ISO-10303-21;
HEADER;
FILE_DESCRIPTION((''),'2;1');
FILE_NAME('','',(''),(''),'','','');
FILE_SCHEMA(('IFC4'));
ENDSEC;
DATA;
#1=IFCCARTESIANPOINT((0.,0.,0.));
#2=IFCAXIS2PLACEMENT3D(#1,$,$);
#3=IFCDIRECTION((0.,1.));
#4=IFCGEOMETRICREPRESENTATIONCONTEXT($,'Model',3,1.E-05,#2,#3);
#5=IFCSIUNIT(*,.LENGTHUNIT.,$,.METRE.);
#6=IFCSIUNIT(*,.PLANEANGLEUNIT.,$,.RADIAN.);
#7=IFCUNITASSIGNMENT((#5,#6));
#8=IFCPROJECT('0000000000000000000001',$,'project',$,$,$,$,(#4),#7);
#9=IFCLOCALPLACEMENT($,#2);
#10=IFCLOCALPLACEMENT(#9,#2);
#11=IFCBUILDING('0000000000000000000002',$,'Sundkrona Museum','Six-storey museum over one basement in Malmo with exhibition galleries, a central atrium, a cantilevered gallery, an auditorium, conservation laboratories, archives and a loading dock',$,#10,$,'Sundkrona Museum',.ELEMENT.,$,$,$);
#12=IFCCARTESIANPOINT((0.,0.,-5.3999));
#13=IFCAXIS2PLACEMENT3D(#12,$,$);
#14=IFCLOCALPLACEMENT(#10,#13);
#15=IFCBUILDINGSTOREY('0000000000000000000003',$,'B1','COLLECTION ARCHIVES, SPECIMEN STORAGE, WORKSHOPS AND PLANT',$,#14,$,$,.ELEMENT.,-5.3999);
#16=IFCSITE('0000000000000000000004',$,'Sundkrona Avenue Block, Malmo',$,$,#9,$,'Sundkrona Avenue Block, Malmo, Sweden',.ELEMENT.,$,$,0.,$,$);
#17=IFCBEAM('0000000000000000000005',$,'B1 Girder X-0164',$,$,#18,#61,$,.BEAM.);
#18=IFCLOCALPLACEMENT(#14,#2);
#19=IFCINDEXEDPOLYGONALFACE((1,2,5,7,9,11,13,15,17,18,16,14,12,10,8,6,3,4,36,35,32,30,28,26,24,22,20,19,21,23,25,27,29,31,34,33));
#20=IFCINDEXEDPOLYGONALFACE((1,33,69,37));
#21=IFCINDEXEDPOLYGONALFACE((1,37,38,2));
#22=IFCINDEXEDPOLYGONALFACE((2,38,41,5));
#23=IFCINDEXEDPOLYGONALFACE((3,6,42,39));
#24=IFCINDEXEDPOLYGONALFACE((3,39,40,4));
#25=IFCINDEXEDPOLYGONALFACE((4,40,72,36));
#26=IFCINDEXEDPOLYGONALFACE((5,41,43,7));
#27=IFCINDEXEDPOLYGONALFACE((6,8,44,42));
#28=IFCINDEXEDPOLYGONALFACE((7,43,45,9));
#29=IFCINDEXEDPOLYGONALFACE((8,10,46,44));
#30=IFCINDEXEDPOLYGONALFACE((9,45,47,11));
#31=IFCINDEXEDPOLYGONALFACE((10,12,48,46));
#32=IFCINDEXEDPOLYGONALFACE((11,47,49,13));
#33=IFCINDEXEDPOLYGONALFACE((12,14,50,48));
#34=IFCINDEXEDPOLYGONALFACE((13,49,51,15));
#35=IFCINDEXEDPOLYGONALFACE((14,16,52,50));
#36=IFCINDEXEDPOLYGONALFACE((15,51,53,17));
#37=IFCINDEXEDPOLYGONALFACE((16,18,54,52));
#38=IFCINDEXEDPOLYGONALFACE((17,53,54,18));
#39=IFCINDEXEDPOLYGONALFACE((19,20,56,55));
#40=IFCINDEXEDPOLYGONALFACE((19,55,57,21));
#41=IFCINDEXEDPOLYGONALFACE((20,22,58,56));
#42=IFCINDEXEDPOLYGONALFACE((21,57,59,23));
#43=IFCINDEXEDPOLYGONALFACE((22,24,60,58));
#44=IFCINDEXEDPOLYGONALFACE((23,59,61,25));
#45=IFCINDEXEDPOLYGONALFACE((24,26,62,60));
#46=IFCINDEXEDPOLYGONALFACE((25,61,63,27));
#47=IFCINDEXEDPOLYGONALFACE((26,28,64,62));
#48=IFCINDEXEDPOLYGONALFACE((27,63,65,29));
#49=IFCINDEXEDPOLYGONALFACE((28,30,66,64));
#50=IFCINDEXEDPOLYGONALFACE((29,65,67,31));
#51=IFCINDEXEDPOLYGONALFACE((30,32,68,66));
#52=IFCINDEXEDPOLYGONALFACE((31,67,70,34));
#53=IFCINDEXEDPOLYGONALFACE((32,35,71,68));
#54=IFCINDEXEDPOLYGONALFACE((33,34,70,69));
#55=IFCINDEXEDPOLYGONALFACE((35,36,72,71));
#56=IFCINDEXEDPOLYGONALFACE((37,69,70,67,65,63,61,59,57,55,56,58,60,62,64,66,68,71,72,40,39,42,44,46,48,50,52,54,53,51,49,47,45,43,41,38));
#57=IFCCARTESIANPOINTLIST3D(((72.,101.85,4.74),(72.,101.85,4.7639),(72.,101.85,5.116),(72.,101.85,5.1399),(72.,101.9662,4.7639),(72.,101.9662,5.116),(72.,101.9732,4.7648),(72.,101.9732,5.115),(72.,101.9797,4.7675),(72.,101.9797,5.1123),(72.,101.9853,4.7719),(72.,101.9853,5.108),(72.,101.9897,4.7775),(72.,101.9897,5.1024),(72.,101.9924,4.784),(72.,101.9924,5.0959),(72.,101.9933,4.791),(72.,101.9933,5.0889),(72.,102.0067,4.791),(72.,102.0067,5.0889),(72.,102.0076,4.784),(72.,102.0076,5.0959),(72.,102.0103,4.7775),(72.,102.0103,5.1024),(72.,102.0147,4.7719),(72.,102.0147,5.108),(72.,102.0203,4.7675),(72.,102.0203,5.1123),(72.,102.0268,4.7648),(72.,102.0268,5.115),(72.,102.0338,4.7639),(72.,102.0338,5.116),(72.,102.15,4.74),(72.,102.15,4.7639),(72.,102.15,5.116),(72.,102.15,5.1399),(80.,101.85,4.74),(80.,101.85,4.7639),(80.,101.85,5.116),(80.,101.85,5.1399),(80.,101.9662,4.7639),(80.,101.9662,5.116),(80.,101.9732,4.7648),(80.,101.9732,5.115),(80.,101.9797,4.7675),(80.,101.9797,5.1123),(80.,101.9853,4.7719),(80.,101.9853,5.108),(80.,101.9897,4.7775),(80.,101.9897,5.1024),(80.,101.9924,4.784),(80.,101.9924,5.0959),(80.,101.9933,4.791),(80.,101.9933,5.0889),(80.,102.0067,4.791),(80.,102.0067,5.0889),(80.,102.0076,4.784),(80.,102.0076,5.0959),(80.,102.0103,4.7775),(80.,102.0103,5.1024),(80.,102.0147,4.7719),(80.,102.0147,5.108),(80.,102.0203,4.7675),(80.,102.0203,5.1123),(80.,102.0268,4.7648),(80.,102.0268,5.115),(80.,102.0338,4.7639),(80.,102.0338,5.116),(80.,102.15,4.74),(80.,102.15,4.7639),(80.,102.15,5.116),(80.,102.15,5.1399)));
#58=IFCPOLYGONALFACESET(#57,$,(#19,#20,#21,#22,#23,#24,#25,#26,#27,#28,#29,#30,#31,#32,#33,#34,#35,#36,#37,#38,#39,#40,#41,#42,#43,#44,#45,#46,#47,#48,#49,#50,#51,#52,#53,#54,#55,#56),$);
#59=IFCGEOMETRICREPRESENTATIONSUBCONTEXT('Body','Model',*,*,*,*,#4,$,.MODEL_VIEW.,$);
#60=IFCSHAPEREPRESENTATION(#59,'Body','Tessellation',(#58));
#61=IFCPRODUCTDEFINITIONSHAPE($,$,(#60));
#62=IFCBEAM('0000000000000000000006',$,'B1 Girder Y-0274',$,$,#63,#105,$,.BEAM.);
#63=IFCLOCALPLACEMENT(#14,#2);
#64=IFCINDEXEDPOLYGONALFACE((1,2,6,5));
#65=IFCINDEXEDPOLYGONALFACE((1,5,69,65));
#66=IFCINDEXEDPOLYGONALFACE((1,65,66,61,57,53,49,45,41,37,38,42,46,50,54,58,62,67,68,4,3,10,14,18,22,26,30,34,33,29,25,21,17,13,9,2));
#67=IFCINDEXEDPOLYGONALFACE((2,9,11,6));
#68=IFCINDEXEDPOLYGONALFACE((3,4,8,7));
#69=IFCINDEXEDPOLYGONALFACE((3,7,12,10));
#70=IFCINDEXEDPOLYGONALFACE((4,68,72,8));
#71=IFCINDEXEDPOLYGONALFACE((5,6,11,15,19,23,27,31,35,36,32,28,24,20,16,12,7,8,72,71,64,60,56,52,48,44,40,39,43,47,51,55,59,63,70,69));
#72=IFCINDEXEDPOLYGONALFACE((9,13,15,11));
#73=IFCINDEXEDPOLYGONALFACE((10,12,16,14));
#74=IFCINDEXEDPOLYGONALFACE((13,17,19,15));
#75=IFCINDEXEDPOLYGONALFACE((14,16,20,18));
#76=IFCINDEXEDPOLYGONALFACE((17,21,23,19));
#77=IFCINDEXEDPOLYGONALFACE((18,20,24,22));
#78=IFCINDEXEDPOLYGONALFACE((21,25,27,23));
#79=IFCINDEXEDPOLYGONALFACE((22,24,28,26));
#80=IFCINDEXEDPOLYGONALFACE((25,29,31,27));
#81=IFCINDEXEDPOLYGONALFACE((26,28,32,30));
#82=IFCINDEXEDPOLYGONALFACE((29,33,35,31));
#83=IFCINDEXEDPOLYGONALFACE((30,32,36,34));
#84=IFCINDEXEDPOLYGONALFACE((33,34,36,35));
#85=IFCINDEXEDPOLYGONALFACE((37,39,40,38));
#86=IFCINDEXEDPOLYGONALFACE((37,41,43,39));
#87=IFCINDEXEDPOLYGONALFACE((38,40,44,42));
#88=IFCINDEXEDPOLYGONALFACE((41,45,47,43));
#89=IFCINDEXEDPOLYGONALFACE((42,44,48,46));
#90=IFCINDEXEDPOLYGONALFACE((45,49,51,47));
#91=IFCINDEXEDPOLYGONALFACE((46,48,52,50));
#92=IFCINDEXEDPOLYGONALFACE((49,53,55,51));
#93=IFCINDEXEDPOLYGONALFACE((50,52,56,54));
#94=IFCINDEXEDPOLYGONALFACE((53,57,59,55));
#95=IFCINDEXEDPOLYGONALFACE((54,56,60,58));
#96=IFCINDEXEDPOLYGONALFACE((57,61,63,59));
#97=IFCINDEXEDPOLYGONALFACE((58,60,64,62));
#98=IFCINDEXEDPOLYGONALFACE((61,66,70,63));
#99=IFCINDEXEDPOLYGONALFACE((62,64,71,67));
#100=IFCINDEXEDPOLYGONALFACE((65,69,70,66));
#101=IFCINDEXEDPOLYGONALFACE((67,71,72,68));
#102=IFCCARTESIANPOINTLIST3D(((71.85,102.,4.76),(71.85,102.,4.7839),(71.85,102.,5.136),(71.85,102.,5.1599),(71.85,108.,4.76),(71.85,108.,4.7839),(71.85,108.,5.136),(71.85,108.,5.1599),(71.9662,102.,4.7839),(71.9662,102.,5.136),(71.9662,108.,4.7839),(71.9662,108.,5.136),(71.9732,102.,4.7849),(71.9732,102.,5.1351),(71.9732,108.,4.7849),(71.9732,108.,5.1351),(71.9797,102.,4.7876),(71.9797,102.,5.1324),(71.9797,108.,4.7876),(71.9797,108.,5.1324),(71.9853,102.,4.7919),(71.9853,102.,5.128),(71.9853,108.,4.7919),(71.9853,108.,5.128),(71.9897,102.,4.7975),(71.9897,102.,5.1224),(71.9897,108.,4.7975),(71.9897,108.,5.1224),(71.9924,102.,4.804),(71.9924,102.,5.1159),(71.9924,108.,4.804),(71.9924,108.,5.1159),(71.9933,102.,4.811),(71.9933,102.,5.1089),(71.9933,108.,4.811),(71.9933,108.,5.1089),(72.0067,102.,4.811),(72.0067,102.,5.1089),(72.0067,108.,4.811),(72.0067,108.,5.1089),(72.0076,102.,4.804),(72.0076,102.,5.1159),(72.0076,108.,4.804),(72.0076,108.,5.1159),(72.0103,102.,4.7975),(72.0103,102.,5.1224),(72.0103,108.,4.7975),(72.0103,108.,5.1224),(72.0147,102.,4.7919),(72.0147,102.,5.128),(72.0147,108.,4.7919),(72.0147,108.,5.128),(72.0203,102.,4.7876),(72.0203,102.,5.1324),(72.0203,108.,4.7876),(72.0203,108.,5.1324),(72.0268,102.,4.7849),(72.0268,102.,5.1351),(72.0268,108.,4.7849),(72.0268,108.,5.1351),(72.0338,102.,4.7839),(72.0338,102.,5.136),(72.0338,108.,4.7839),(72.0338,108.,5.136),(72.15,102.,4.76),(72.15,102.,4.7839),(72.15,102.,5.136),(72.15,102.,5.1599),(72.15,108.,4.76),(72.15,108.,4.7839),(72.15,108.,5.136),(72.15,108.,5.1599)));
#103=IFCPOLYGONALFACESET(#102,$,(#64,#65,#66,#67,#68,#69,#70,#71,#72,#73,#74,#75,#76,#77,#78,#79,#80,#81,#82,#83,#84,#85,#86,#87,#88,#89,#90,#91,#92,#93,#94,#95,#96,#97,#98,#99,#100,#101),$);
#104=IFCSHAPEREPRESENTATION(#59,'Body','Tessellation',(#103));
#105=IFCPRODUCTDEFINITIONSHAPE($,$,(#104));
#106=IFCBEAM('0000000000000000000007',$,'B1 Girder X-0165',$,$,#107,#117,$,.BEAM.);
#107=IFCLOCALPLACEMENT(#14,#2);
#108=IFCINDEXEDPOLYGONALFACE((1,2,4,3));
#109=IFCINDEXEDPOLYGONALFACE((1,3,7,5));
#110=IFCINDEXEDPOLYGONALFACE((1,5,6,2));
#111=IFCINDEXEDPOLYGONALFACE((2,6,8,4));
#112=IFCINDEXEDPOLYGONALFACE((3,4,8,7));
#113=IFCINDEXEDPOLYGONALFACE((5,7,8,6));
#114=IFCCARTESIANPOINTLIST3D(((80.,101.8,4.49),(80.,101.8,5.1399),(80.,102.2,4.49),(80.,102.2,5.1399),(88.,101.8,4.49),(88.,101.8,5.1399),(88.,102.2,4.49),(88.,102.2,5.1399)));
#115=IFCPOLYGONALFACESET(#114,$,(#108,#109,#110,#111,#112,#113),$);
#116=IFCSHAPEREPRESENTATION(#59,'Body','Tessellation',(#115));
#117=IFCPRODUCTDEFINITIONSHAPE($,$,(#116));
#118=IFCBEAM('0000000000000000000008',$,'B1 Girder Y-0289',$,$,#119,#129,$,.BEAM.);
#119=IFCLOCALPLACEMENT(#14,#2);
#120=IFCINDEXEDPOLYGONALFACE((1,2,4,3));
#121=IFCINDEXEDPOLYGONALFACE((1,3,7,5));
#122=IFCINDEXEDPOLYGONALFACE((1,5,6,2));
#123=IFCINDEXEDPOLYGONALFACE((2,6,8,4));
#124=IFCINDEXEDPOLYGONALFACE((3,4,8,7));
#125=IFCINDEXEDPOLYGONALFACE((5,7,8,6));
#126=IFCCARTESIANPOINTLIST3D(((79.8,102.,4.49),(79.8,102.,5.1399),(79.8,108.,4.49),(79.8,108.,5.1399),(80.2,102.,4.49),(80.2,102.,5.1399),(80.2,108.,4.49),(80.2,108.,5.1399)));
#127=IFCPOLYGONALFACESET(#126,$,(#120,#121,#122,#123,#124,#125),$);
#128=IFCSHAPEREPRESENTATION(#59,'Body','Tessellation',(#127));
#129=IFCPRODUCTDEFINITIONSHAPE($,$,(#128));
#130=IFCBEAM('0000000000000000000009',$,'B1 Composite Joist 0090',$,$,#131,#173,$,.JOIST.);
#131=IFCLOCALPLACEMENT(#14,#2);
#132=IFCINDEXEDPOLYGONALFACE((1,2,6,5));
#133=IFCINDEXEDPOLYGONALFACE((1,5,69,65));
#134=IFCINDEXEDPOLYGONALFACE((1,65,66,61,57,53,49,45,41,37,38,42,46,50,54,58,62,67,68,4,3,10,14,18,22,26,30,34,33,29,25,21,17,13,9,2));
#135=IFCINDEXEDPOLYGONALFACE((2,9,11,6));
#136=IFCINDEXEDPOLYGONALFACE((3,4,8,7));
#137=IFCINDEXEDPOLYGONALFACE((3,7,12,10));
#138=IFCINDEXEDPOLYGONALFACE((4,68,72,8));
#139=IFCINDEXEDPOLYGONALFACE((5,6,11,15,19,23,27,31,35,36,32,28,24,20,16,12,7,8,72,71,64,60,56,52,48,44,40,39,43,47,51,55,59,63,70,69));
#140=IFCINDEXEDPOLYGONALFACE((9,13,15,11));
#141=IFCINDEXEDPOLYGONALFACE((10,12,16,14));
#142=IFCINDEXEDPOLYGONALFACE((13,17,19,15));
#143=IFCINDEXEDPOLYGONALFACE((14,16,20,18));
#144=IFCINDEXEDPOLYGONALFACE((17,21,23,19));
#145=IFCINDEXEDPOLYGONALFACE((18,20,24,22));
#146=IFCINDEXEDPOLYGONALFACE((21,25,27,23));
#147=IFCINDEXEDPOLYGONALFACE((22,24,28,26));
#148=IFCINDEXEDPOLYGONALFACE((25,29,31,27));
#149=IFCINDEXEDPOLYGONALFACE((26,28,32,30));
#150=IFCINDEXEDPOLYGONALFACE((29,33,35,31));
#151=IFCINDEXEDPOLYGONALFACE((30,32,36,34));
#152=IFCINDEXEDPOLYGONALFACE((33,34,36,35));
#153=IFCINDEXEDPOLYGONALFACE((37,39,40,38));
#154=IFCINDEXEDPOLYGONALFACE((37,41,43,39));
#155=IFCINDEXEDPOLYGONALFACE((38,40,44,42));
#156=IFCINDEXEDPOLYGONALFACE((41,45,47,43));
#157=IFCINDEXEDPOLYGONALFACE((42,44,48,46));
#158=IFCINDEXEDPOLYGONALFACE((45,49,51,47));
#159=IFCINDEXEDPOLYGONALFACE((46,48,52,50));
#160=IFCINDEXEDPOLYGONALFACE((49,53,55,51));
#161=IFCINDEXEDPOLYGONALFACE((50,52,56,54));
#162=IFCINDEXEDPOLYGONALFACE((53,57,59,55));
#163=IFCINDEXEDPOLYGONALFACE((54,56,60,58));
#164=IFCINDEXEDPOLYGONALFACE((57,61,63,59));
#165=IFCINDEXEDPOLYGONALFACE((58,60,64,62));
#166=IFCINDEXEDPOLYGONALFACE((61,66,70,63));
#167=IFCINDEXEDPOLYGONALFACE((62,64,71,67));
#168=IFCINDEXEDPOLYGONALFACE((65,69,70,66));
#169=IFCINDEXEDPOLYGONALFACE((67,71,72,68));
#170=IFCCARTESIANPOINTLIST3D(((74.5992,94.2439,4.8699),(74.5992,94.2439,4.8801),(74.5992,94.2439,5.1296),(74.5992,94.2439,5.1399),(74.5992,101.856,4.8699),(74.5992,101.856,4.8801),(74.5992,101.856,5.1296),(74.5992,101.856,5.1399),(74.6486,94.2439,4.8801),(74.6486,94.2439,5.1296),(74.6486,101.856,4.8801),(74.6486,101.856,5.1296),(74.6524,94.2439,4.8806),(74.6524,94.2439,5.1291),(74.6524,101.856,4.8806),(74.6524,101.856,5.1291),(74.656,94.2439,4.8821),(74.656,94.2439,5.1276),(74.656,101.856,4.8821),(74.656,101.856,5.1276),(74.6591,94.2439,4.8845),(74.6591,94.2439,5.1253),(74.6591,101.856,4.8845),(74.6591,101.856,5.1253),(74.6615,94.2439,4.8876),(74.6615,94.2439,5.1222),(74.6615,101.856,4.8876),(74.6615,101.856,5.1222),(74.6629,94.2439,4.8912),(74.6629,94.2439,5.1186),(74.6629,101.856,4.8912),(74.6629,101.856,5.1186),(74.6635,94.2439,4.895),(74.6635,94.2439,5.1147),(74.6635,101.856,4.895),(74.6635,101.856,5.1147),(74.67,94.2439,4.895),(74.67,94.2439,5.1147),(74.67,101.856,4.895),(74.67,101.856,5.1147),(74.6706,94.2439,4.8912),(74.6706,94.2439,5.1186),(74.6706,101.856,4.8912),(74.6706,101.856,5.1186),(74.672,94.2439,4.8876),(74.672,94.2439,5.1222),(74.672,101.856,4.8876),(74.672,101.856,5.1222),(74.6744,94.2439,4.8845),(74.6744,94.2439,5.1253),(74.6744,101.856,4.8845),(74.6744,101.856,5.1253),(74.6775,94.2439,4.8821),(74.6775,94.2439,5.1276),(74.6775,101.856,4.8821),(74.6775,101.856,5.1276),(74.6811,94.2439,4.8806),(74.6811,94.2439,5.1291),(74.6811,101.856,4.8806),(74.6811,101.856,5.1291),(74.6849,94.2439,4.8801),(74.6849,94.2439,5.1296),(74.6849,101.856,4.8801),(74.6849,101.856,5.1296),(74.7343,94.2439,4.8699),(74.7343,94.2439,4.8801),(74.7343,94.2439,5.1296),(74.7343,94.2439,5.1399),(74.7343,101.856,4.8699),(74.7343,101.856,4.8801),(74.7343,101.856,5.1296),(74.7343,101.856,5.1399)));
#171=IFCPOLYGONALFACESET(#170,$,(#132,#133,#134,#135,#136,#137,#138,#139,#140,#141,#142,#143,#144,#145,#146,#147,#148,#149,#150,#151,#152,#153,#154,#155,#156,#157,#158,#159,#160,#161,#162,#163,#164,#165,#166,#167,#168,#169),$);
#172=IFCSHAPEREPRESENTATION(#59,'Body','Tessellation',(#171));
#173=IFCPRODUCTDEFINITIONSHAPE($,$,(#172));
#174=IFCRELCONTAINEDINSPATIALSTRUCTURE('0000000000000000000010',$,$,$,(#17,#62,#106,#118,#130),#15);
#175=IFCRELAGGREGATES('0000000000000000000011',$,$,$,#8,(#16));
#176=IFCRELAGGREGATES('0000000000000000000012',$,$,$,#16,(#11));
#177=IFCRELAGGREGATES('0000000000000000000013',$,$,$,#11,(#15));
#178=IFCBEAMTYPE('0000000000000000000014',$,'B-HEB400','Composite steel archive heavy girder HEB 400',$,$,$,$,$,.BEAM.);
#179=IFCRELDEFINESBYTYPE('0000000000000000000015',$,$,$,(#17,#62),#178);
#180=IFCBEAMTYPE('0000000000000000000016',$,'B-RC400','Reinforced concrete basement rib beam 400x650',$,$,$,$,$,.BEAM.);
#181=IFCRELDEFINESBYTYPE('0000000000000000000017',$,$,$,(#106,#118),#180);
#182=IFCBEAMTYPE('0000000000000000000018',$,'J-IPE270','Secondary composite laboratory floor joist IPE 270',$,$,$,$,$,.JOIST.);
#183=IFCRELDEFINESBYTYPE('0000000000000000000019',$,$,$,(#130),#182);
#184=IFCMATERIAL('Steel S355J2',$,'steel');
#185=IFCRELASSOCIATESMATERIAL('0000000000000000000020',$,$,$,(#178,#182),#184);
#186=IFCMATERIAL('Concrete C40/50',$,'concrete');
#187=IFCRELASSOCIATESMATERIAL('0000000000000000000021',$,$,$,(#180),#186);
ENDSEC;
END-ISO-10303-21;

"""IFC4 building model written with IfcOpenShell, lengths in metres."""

from ifc_helpers import new_model, si_unit, direction, frame, origin, origin_2d, place, context, subcontext, project, spatial, rectangle, i_section, extrude, material, material_profile, profile_set, type_object, element, save


model = new_model("IFC4")

# Units and contexts
model_context = context("Model", 3, precision=1e-05, world=origin(), true_north=direction((0.0, 1.0)))
body_context = subcontext(model_context, "Body", "Model", "MODEL_VIEW")
ifc_project = project(units=[si_unit("LENGTHUNIT", "METRE"), si_unit("PLANEANGLEUNIT", "RADIAN")], contexts=[model_context])

# Site, building, storey
site_placement = place(None, origin())
site = spatial("IfcSite", under=ifc_project, at=site_placement, Name="Sundkrona Avenue Block, Malmo", LongName="Sundkrona Avenue Block, Malmo, Sweden", CompositionType="ELEMENT", RefElevation=0.0)
building_placement = place(site_placement, origin())
building = spatial("IfcBuilding", under=site, at=building_placement, Name="Sundkrona Museum", Description="Six-storey museum over one basement in Malmo with exhibition galleries, a central atrium, a cantilevered gallery, an auditorium, conservation laboratories, archives and a loading dock", LongName="Sundkrona Museum", CompositionType="ELEMENT")
storey_placement = place(building_placement, frame((0.0, 0.0, -5.3999)))
storey = spatial("IfcBuildingStorey", under=building, at=storey_placement, Name="B1", Description="COLLECTION ARCHIVES, SPECIMEN STORAGE, WORKSHOPS AND PLANT", CompositionType="ELEMENT", Elevation=-5.3999)

# Shared definitions
ifc_material_1 = material(Name="Concrete C40/50", Category="concrete")

# Beams
ifc_material_2 = material(Name="Steel S355J2", Category="steel")
ifc_material_profile_1 = material_profile(ifc_material_2, i_section(OverallWidth=0.3, OverallDepth=0.3999, WebThickness=0.0134, FlangeThickness=0.0239, FilletRadius=0.0271, at=origin_2d()), Name="HEB 400")
ifc_profile_set_1 = profile_set([ifc_material_profile_1], Name="Steel S355J2")
beam_type_1 = type_object("IfcBeamType", Name="B-HEB400", Description="Composite steel archive heavy girder HEB 400", PredefinedType="BEAM", material=ifc_profile_set_1)
beam_1_placement = place(storey_placement, frame((72.0, 102.0, 4.9399), z_axis=(1.0, 0.0, 0.0), x_axis=(0.0, 1.0, 0.0)))
element("IfcBeam", 1, at=beam_1_placement, inside=storey, type_object=beam_type_1, Name="B1 Girder X-0164", PredefinedType="BEAM", context=body_context, shape_type="SweptSolid", body=[
    extrude(i_section(OverallWidth=0.3, OverallDepth=0.3999, WebThickness=0.0134, FlangeThickness=0.0239, FilletRadius=0.0271, at=origin_2d()), origin(), (0.0, 0.0, 1.0), 8.0),
])
beam_2_placement = place(storey_placement, frame((72.0, 102.0, 4.96), z_axis=(0.0, 1.0, 0.0), x_axis=(-1.0, 0.0, 0.0)))
element("IfcBeam", 2, at=beam_2_placement, inside=storey, type_object=beam_type_1, Name="B1 Girder Y-0274", PredefinedType="BEAM", context=body_context, shape_type="SweptSolid", body=[
    extrude(i_section(OverallWidth=0.3, OverallDepth=0.3999, WebThickness=0.0134, FlangeThickness=0.0239, FilletRadius=0.0271, at=origin_2d()), origin(), (0.0, 0.0, 1.0), 6.0),
])
ifc_material_profile_2 = material_profile(ifc_material_1, rectangle(XDim=0.3999, YDim=0.6499, at=origin_2d()), Name="RCB 400x650")
ifc_profile_set_2 = profile_set([ifc_material_profile_2], Name="Concrete C40/50")
beam_type_2 = type_object("IfcBeamType", Name="B-RC400", Description="Reinforced concrete basement rib beam 400x650", PredefinedType="BEAM", material=ifc_profile_set_2)
beam_3_placement = place(storey_placement, frame((80.0, 102.0, 4.8149), z_axis=(1.0, 0.0, 0.0), x_axis=(0.0, 1.0, 0.0)))
element("IfcBeam", 3, at=beam_3_placement, inside=storey, type_object=beam_type_2, Name="B1 Girder X-0165", PredefinedType="BEAM", context=body_context, shape_type="SweptSolid", body=[
    extrude(rectangle(XDim=0.3999, YDim=0.6499, at=origin_2d()), origin(), (0.0, 0.0, 1.0), 8.0),
])
beam_4_placement = place(storey_placement, frame((80.0, 102.0, 4.8149), z_axis=(0.0, 1.0, 0.0), x_axis=(-1.0, 0.0, 0.0)))
element("IfcBeam", 4, at=beam_4_placement, inside=storey, type_object=beam_type_2, Name="B1 Girder Y-0289", PredefinedType="BEAM", context=body_context, shape_type="SweptSolid", body=[
    extrude(rectangle(XDim=0.3999, YDim=0.6499, at=origin_2d()), origin(), (0.0, 0.0, 1.0), 6.0),
])
ifc_material_profile_3 = material_profile(ifc_material_2, i_section(OverallWidth=0.135, OverallDepth=0.27, WebThickness=0.0066, FlangeThickness=0.0103, FilletRadius=0.0149, at=origin_2d()), Name="IPE 270")
ifc_profile_set_3 = profile_set([ifc_material_profile_3], Name="Steel S355J2")
beam_type_3 = type_object("IfcBeamType", Name="J-IPE270", Description="Secondary composite laboratory floor joist IPE 270", PredefinedType="JOIST", material=ifc_profile_set_3)
beam_5_placement = place(storey_placement, frame((74.6667, 94.2439, 5.0049), z_axis=(0.0, 1.0, 0.0), x_axis=(-1.0, 0.0, 0.0)))
element("IfcBeam", 5, at=beam_5_placement, inside=storey, type_object=beam_type_3, Name="B1 Composite Joist 0090", PredefinedType="JOIST", context=body_context, shape_type="SweptSolid", body=[
    extrude(i_section(OverallWidth=0.135, OverallDepth=0.27, WebThickness=0.0066, FlangeThickness=0.0103, FilletRadius=0.0149, at=origin_2d()), origin(), (0.0, 0.0, 1.0), 7.6121),
])

save(model, "model.ifc")
